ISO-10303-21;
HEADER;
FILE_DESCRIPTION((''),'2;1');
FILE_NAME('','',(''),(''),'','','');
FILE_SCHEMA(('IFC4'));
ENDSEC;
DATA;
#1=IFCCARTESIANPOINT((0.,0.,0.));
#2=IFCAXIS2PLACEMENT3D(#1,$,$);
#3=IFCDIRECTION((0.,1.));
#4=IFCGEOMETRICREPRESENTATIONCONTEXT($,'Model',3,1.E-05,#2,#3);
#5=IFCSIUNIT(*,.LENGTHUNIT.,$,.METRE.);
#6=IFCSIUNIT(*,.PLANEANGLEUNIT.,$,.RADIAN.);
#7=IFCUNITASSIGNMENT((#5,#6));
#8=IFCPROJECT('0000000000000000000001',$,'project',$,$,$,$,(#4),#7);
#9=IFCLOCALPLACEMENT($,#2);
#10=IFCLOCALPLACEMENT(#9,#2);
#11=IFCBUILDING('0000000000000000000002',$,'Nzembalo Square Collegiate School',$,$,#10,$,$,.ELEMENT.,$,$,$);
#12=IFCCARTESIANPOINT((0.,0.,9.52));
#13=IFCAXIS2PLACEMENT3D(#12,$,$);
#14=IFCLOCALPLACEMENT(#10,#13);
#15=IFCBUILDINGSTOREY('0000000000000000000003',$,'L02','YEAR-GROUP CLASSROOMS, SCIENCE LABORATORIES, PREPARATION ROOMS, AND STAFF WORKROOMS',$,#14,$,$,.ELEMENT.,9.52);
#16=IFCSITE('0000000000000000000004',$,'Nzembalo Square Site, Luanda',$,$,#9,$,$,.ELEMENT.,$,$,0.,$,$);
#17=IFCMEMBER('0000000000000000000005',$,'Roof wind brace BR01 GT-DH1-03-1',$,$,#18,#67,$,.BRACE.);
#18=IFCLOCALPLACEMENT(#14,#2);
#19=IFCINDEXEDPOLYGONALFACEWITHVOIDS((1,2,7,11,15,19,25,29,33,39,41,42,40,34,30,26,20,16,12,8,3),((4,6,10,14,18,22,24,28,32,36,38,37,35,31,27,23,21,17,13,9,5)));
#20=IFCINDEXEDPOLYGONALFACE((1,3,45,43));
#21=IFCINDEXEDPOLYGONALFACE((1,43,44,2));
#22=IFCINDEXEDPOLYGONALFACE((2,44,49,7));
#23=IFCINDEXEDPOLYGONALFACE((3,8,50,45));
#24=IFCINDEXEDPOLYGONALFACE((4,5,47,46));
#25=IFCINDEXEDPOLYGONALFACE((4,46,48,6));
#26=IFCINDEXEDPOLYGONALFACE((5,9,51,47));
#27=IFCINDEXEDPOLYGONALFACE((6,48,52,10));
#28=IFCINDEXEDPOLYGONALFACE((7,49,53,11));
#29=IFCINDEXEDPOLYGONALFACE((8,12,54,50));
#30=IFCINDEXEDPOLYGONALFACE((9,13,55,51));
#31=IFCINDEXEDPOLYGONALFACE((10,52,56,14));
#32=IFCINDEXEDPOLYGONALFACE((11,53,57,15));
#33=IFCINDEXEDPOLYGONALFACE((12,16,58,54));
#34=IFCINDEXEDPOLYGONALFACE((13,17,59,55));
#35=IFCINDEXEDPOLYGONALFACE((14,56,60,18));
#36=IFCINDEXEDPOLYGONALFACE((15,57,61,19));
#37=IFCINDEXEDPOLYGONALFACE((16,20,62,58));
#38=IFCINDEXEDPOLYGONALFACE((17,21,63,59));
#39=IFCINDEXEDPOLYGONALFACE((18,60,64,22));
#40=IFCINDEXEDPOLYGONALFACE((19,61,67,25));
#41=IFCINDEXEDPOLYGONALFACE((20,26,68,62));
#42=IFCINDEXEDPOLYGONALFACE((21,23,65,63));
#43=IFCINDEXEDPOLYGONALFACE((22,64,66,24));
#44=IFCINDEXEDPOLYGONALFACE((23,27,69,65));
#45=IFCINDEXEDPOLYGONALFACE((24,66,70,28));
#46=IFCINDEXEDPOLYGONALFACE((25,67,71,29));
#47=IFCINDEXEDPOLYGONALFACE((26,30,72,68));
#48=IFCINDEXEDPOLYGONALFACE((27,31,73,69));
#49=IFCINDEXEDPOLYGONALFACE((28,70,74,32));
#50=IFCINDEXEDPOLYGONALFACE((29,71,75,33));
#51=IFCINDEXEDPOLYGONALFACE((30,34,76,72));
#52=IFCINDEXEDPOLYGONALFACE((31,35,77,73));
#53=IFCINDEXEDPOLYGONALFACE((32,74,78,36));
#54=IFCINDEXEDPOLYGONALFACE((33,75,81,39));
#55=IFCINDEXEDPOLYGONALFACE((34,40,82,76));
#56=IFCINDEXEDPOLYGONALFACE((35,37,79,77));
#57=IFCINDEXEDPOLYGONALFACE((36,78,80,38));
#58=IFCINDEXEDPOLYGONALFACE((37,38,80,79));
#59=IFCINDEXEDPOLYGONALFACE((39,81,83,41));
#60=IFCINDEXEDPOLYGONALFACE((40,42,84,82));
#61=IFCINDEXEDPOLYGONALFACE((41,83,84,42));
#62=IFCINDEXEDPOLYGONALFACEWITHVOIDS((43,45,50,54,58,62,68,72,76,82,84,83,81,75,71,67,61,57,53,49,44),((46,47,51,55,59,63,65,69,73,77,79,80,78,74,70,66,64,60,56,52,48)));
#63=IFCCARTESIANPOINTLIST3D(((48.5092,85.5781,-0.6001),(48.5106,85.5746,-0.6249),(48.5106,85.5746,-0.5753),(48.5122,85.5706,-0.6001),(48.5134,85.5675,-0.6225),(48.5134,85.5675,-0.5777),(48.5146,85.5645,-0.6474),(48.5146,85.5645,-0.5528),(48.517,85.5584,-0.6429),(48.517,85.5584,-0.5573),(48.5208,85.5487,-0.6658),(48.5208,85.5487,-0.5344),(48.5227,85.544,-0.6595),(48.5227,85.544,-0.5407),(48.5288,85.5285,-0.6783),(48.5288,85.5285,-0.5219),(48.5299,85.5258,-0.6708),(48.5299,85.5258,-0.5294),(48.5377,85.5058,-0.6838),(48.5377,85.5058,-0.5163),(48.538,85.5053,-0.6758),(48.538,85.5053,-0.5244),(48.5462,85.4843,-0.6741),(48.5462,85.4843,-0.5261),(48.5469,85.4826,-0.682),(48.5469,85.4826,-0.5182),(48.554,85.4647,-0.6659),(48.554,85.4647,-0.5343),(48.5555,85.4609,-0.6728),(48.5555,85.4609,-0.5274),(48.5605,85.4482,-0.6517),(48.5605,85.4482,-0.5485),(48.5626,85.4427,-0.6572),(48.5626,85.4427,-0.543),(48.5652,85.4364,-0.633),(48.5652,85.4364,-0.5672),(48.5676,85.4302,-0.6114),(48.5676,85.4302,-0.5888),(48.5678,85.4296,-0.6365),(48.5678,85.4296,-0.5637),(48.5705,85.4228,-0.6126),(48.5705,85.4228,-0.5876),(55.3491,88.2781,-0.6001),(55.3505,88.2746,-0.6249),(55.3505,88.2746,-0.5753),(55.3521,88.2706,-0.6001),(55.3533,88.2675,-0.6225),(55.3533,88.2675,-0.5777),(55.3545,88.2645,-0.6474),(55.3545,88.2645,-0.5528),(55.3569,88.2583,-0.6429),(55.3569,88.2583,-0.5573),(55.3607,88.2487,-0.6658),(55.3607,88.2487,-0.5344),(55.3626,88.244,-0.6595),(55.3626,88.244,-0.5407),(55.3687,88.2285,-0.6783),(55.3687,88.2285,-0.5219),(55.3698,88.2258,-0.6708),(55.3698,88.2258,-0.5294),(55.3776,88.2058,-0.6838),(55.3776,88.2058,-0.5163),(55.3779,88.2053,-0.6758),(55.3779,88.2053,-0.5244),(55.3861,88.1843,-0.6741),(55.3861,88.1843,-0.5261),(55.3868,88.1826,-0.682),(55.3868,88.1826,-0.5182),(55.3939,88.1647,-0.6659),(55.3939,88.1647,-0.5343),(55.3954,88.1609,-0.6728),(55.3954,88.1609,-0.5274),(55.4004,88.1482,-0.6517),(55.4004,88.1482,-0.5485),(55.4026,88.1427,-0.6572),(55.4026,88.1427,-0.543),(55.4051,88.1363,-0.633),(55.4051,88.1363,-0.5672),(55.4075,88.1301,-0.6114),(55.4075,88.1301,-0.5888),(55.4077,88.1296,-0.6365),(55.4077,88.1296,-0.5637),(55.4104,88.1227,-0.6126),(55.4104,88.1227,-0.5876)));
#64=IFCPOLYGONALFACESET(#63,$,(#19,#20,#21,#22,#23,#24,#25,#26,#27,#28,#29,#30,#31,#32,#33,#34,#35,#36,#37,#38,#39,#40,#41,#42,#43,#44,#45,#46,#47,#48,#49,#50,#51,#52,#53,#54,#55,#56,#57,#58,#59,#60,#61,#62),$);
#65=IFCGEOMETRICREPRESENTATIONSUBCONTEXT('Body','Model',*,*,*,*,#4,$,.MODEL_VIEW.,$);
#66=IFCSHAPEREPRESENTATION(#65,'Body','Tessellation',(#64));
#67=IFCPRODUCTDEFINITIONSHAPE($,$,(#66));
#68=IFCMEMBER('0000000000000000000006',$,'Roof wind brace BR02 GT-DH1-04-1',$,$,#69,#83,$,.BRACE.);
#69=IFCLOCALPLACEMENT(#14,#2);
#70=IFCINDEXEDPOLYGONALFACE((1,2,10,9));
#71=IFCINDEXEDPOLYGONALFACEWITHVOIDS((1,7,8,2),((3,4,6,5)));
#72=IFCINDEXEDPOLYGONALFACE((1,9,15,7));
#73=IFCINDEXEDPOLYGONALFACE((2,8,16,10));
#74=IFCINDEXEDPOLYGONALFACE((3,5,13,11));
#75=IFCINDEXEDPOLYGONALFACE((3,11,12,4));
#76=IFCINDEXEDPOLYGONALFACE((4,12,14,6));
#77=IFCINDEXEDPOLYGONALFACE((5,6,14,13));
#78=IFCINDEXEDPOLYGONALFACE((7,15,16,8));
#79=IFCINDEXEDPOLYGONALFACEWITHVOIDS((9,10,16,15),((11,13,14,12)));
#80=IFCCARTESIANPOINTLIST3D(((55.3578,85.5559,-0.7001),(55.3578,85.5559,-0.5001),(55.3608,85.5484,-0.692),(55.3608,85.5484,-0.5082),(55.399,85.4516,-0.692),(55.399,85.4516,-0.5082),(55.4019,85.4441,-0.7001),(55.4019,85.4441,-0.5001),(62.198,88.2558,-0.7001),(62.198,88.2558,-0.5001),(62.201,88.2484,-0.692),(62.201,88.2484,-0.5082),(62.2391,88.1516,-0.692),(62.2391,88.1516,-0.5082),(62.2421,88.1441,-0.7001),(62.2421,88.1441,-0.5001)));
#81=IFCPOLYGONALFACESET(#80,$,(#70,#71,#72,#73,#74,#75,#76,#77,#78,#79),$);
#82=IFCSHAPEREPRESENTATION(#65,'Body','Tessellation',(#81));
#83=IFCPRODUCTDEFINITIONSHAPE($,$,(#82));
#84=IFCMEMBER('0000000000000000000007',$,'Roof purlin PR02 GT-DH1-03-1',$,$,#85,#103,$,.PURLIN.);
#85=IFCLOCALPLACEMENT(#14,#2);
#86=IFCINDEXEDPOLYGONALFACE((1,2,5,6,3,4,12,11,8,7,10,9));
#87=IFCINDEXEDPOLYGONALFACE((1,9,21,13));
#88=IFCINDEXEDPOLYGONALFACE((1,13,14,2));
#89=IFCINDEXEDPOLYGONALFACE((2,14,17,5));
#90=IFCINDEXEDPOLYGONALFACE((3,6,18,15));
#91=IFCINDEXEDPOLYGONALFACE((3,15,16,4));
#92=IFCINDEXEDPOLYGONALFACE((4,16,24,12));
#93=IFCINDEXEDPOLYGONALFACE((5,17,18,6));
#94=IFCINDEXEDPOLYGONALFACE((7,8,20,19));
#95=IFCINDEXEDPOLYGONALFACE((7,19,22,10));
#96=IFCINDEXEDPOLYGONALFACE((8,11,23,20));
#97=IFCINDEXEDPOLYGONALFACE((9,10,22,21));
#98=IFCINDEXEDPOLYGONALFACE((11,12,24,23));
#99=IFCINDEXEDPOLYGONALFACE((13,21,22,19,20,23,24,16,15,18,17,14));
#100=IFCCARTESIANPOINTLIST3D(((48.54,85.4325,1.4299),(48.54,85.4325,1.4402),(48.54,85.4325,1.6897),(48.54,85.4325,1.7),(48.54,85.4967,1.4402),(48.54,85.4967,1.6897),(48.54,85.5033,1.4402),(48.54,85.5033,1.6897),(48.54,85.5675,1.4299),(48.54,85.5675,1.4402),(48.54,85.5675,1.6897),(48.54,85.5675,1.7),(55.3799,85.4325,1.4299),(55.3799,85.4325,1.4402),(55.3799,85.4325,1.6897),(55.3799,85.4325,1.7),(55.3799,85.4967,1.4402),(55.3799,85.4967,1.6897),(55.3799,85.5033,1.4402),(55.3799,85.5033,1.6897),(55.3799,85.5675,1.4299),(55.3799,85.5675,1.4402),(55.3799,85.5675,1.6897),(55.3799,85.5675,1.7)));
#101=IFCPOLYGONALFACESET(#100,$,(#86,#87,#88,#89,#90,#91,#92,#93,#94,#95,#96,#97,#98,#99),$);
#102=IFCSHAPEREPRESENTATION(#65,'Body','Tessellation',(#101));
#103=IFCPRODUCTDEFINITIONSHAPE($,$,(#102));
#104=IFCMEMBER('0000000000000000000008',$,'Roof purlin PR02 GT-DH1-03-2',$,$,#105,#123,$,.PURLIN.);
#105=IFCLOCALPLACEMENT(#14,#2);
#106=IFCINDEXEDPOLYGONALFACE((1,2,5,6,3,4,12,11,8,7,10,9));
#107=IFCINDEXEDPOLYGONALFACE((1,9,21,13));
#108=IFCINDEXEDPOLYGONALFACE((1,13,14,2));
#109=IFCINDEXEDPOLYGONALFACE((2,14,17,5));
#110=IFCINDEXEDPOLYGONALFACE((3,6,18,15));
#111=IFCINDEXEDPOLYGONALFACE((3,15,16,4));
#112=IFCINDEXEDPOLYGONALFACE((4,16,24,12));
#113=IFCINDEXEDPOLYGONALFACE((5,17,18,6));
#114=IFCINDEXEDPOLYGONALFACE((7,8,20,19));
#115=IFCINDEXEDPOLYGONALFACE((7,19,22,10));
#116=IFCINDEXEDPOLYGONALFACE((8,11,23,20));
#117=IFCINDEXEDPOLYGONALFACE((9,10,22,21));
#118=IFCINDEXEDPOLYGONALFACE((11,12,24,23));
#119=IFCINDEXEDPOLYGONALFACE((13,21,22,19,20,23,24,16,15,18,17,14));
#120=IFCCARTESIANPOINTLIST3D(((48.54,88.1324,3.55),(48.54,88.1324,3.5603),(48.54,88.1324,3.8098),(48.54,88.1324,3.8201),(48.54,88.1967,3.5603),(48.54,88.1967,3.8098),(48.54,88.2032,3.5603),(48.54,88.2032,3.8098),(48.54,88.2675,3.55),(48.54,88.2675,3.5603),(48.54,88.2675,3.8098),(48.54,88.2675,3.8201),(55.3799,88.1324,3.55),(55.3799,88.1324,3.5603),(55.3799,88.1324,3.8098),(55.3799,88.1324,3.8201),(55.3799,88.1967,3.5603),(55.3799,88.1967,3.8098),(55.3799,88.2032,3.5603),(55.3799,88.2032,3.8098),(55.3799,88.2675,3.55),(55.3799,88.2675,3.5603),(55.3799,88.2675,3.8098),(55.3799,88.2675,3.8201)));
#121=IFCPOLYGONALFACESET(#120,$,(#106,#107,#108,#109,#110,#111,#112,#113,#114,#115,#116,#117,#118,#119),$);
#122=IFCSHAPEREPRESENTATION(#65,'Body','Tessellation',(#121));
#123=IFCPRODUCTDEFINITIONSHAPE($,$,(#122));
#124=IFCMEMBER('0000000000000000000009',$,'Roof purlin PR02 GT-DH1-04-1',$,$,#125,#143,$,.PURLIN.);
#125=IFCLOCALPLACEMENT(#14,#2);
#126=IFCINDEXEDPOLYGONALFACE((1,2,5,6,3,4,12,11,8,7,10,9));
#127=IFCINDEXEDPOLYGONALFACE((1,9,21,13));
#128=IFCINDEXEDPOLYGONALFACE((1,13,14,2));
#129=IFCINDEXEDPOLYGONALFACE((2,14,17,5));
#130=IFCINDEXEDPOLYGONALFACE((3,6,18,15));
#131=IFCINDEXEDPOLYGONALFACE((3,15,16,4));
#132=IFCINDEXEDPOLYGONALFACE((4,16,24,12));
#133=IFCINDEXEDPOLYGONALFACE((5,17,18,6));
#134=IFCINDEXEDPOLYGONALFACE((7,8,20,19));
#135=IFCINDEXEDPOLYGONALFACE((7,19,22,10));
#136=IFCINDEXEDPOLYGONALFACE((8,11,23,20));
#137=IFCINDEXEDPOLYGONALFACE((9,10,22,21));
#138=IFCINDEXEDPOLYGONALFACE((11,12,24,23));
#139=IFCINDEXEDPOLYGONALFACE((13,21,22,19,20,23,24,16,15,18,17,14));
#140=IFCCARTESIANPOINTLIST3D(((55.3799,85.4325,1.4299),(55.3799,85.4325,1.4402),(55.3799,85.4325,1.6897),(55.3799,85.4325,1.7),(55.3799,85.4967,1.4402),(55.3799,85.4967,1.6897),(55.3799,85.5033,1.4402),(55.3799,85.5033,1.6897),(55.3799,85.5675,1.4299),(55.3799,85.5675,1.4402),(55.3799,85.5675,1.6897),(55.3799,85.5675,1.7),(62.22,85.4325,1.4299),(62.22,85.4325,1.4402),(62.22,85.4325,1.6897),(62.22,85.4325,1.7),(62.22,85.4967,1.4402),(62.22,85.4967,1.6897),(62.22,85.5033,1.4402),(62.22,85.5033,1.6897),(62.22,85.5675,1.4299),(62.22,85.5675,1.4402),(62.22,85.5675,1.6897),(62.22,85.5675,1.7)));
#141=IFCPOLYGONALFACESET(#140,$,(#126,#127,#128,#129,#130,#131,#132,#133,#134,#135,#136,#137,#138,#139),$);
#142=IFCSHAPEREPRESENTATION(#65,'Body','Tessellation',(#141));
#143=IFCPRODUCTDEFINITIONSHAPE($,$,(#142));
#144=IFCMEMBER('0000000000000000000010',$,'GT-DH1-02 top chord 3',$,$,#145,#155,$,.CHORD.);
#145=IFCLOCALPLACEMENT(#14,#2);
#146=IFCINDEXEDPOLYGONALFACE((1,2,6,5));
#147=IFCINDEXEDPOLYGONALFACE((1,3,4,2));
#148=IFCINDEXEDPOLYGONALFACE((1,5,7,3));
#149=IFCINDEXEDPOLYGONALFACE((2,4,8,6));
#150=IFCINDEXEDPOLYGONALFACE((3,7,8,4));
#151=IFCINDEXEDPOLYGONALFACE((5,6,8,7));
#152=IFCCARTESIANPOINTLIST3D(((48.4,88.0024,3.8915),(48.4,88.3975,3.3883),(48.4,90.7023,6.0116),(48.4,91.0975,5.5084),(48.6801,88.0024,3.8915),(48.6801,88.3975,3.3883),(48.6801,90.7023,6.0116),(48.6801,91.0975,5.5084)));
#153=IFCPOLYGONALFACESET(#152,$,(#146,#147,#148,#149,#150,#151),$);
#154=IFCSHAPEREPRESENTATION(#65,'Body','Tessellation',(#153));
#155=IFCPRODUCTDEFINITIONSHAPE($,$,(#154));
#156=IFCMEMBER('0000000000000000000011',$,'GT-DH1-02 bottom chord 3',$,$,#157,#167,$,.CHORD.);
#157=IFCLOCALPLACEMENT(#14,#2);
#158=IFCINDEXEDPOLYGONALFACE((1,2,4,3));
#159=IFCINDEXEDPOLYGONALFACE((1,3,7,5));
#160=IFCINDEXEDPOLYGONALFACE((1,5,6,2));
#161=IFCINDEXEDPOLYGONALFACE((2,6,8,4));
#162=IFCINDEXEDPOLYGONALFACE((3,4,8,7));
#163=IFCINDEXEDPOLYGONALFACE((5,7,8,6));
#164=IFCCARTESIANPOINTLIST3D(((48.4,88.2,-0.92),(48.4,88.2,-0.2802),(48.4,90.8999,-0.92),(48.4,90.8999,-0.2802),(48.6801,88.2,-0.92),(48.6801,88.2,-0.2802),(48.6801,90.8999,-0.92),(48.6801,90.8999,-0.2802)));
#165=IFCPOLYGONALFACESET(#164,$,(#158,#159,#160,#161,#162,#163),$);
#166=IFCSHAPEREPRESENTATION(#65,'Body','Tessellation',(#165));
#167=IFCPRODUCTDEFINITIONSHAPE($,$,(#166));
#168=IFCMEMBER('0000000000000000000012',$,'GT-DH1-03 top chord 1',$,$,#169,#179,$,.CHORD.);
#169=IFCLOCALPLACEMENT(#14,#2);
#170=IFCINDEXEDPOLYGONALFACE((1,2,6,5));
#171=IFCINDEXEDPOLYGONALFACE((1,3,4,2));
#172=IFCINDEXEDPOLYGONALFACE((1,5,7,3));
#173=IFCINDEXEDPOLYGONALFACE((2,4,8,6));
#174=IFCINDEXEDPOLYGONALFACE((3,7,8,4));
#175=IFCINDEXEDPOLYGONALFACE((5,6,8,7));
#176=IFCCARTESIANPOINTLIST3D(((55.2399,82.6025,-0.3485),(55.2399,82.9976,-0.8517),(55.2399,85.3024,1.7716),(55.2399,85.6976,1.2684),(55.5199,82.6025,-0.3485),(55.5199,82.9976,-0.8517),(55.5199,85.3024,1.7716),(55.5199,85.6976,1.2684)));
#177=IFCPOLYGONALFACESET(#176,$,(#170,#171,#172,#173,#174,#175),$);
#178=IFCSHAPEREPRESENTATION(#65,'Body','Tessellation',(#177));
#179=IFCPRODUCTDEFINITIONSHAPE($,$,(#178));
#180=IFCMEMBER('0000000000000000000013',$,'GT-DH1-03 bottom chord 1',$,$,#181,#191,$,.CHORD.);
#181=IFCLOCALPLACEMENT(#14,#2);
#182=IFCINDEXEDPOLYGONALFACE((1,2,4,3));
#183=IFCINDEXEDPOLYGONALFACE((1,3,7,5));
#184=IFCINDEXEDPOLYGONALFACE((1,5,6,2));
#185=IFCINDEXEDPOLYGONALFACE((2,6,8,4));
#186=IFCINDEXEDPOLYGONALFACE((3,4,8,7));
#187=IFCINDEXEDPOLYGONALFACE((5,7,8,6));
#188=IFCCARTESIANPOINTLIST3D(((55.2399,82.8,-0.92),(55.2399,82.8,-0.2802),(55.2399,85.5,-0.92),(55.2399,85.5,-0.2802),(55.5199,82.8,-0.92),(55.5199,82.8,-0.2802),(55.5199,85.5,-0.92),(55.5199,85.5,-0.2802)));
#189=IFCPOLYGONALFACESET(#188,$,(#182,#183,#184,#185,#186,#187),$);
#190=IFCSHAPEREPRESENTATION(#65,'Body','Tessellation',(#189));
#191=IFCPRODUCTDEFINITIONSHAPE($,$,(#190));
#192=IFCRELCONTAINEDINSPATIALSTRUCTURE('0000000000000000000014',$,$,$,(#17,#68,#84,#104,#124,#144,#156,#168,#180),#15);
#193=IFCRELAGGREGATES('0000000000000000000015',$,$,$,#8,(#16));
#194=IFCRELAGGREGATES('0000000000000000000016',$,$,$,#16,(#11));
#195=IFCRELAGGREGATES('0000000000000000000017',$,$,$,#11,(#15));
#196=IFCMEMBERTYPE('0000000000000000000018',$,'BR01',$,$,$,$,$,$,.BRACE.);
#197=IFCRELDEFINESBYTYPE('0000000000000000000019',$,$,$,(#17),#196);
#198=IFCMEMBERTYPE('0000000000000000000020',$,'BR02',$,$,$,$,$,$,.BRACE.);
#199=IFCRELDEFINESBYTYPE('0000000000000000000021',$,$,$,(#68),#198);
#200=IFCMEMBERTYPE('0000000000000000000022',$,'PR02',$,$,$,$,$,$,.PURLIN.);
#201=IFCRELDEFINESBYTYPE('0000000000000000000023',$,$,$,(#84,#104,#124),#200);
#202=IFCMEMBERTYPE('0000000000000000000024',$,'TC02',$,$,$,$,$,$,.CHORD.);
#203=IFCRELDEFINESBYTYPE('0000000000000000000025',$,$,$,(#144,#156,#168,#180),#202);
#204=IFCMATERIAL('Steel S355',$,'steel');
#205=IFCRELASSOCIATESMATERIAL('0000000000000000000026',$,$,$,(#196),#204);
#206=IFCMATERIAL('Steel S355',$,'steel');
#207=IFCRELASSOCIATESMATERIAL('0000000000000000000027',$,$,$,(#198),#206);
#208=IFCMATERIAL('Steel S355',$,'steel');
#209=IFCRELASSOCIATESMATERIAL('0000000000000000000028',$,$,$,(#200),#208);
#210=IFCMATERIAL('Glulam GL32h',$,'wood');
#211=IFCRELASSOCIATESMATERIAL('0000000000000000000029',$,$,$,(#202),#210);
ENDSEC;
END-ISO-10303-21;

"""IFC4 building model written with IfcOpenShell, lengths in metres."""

from ifc_helpers import new_model, si_unit, direction, frame, origin, origin_2d, place, context, subcontext, project, spatial, rectangle, hollow_rectangle, hollow_circle, i_section, extrude, material, material_profile, profile_set, type_object, element, save


model = new_model("IFC4")

# Units and contexts
model_context = context("Model", 3, precision=1e-05, world=origin(), true_north=direction((0.0, 1.0)))
body_context = subcontext(model_context, "Body", "Model", "MODEL_VIEW")
ifc_project = project(units=[si_unit("LENGTHUNIT", "METRE"), si_unit("PLANEANGLEUNIT", "RADIAN")], contexts=[model_context])

# Site, building, storey
site_placement = place(None, origin())
site = spatial("IfcSite", under=ifc_project, at=site_placement, Name="Nzembalo Square Site, Luanda", CompositionType="ELEMENT", RefElevation=0.0)
building_placement = place(site_placement, origin())
building = spatial("IfcBuilding", under=site, at=building_placement, Name="Nzembalo Square Collegiate School", CompositionType="ELEMENT")
storey_placement = place(building_placement, frame((0.0, 0.0, 9.52)))
storey = spatial("IfcBuildingStorey", under=building, at=storey_placement, Name="L02", Description="YEAR-GROUP CLASSROOMS, SCIENCE LABORATORIES, PREPARATION ROOMS, AND STAFF WORKROOMS", CompositionType="ELEMENT", Elevation=9.52)

# Members
ifc_material_1 = material(Name="Steel S355", Category="steel")
ifc_material_profile_1 = material_profile(ifc_material_1, hollow_circle(Radius=0.084, WallThickness=0.0081, at=origin_2d()), Name="CHS 168x8")
ifc_profile_set_1 = profile_set([ifc_material_profile_1], Name="Steel S355")
member_type_1 = type_object("IfcMemberType", Name="BR01", PredefinedType="BRACE", material=ifc_profile_set_1)
member_1_placement = place(storey_placement, frame((48.54, 85.5, -0.6001), z_axis=(0.930155, 0.367168, 0.0), x_axis=(-0.367168, 0.930155, 0.0)))
element("IfcMember", 1, at=member_1_placement, inside=storey, type_object=member_type_1, Name="Roof wind brace BR01 GT-DH1-03-1", PredefinedType="BRACE", context=body_context, shape_type="SweptSolid", body=[
    extrude(hollow_circle(Radius=0.084, WallThickness=0.0081, at=origin_2d()), origin(), (0.0, 0.0, 1.0), 7.3535),
])
ifc_material_2 = material(Name="Steel S355", Category="steel")
ifc_material_profile_2 = material_profile(ifc_material_2, hollow_rectangle(XDim=0.1201, YDim=0.2, WallThickness=0.0081, at=origin_2d()), Name="RHS 200x120x8")
ifc_profile_set_2 = profile_set([ifc_material_profile_2], Name="Steel S355")
member_type_2 = type_object("IfcMemberType", Name="BR02", PredefinedType="BRACE", material=ifc_profile_set_2)
member_2_placement = place(storey_placement, frame((55.3799, 85.5, -0.6001), z_axis=(0.930159, 0.367157, 0.0), x_axis=(-0.367157, 0.930159, 0.0)))
element("IfcMember", 2, at=member_2_placement, inside=storey, type_object=member_type_2, Name="Roof wind brace BR02 GT-DH1-04-1", PredefinedType="BRACE", context=body_context, shape_type="SweptSolid", body=[
    extrude(hollow_rectangle(XDim=0.1201, YDim=0.2, WallThickness=0.0081, at=origin_2d()), origin(), (0.0, 0.0, 1.0), 7.3538),
])
ifc_material_3 = material(Name="Steel S355", Category="steel")
ifc_material_profile_3 = material_profile(ifc_material_3, i_section(OverallWidth=0.135, OverallDepth=0.27, WebThickness=0.0066, FlangeThickness=0.0103, at=origin_2d()), Name="IPE 270")
ifc_profile_set_3 = profile_set([ifc_material_profile_3], Name="Steel S355")
member_type_3 = type_object("IfcMemberType", Name="PR02", PredefinedType="PURLIN", material=ifc_profile_set_3)
for number, where, z_axis, x_axis, name in (
    (3, (48.54, 85.5, 1.5649), (1.0, 0.0, 0.0), (0.0, 1.0, 0.0), "Roof purlin PR02 GT-DH1-03-1"),
    (4, (48.54, 88.2, 3.6851), (1.0, 0.0, 0.0), (0.0, 1.0, 0.0), "Roof purlin PR02 GT-DH1-03-2"),
):
    element("IfcMember", number, at=place(storey_placement, frame(where, z_axis=z_axis, x_axis=x_axis)), inside=storey, type_object=member_type_3, Name=name, PredefinedType="PURLIN", context=body_context, shape_type="SweptSolid", body=[
        extrude(i_section(OverallWidth=0.135, OverallDepth=0.27, WebThickness=0.0066, FlangeThickness=0.0103, at=origin_2d()), origin(), (0.0, 0.0, 1.0), 6.8398),
    ])
member_3_placement = place(storey_placement, frame((55.3799, 85.5, 1.5649), z_axis=(1.0, 0.0, 0.0), x_axis=(0.0, 1.0, 0.0)))
element("IfcMember", 5, at=member_3_placement, inside=storey, type_object=member_type_3, Name="Roof purlin PR02 GT-DH1-04-1", PredefinedType="PURLIN", context=body_context, shape_type="SweptSolid", body=[
    extrude(i_section(OverallWidth=0.135, OverallDepth=0.27, WebThickness=0.0066, FlangeThickness=0.0103, at=origin_2d()), origin(), (0.0, 0.0, 1.0), 6.8401),
])
ifc_material_4 = material(Name="Glulam GL32h", Category="wood")
ifc_material_profile_4 = material_profile(ifc_material_4, rectangle(XDim=0.28, YDim=0.6399, at=origin_2d()), Name="GL32h 280x640")
ifc_profile_set_4 = profile_set([ifc_material_profile_4], Name="Glulam GL32h")
member_type_4 = type_object("IfcMemberType", Name="TC02", PredefinedType="CHORD", material=ifc_profile_set_4)
member_4_placement = place(storey_placement, frame((48.54, 88.2, 3.6399), z_axis=(0.0, 0.786498, 0.617592), x_axis=(-1.0, 0.0, 0.0)))
element("IfcMember", 6, at=member_4_placement, inside=storey, type_object=member_type_4, Name="GT-DH1-02 top chord 3", PredefinedType="CHORD", context=body_context, shape_type="SweptSolid", body=[
    extrude(rectangle(XDim=0.28, YDim=0.6399, at=origin_2d()), origin(), (0.0, 0.0, 1.0), 3.4329),
])
member_5_placement = place(storey_placement, frame((48.54, 88.2, -0.6001), z_axis=(0.0, 1.0, 0.0), x_axis=(-1.0, 0.0, 0.0)))
element("IfcMember", 7, at=member_5_placement, inside=storey, type_object=member_type_4, Name="GT-DH1-02 bottom chord 3", PredefinedType="CHORD", context=body_context, shape_type="SweptSolid", body=[
    extrude(rectangle(XDim=0.28, YDim=0.6399, at=origin_2d()), origin(), (0.0, 0.0, 1.0), 2.7),
])
member_6_placement = place(storey_placement, frame((55.3799, 82.8, -0.6001), z_axis=(0.0, 0.786498, 0.617592), x_axis=(-1.0, 0.0, 0.0)))
element("IfcMember", 8, at=member_6_placement, inside=storey, type_object=member_type_4, Name="GT-DH1-03 top chord 1", PredefinedType="CHORD", context=body_context, shape_type="SweptSolid", body=[
    extrude(rectangle(XDim=0.28, YDim=0.6399, at=origin_2d()), origin(), (0.0, 0.0, 1.0), 3.4329),
])
member_7_placement = place(storey_placement, frame((55.3799, 82.8, -0.6001), z_axis=(0.0, 1.0, 0.0), x_axis=(-1.0, 0.0, 0.0)))
element("IfcMember", 9, at=member_7_placement, inside=storey, type_object=member_type_4, Name="GT-DH1-03 bottom chord 1", PredefinedType="CHORD", context=body_context, shape_type="SweptSolid", body=[
    extrude(rectangle(XDim=0.28, YDim=0.6399, at=origin_2d()), origin(), (0.0, 0.0, 1.0), 2.7),
])

save(model, "model.ifc")
